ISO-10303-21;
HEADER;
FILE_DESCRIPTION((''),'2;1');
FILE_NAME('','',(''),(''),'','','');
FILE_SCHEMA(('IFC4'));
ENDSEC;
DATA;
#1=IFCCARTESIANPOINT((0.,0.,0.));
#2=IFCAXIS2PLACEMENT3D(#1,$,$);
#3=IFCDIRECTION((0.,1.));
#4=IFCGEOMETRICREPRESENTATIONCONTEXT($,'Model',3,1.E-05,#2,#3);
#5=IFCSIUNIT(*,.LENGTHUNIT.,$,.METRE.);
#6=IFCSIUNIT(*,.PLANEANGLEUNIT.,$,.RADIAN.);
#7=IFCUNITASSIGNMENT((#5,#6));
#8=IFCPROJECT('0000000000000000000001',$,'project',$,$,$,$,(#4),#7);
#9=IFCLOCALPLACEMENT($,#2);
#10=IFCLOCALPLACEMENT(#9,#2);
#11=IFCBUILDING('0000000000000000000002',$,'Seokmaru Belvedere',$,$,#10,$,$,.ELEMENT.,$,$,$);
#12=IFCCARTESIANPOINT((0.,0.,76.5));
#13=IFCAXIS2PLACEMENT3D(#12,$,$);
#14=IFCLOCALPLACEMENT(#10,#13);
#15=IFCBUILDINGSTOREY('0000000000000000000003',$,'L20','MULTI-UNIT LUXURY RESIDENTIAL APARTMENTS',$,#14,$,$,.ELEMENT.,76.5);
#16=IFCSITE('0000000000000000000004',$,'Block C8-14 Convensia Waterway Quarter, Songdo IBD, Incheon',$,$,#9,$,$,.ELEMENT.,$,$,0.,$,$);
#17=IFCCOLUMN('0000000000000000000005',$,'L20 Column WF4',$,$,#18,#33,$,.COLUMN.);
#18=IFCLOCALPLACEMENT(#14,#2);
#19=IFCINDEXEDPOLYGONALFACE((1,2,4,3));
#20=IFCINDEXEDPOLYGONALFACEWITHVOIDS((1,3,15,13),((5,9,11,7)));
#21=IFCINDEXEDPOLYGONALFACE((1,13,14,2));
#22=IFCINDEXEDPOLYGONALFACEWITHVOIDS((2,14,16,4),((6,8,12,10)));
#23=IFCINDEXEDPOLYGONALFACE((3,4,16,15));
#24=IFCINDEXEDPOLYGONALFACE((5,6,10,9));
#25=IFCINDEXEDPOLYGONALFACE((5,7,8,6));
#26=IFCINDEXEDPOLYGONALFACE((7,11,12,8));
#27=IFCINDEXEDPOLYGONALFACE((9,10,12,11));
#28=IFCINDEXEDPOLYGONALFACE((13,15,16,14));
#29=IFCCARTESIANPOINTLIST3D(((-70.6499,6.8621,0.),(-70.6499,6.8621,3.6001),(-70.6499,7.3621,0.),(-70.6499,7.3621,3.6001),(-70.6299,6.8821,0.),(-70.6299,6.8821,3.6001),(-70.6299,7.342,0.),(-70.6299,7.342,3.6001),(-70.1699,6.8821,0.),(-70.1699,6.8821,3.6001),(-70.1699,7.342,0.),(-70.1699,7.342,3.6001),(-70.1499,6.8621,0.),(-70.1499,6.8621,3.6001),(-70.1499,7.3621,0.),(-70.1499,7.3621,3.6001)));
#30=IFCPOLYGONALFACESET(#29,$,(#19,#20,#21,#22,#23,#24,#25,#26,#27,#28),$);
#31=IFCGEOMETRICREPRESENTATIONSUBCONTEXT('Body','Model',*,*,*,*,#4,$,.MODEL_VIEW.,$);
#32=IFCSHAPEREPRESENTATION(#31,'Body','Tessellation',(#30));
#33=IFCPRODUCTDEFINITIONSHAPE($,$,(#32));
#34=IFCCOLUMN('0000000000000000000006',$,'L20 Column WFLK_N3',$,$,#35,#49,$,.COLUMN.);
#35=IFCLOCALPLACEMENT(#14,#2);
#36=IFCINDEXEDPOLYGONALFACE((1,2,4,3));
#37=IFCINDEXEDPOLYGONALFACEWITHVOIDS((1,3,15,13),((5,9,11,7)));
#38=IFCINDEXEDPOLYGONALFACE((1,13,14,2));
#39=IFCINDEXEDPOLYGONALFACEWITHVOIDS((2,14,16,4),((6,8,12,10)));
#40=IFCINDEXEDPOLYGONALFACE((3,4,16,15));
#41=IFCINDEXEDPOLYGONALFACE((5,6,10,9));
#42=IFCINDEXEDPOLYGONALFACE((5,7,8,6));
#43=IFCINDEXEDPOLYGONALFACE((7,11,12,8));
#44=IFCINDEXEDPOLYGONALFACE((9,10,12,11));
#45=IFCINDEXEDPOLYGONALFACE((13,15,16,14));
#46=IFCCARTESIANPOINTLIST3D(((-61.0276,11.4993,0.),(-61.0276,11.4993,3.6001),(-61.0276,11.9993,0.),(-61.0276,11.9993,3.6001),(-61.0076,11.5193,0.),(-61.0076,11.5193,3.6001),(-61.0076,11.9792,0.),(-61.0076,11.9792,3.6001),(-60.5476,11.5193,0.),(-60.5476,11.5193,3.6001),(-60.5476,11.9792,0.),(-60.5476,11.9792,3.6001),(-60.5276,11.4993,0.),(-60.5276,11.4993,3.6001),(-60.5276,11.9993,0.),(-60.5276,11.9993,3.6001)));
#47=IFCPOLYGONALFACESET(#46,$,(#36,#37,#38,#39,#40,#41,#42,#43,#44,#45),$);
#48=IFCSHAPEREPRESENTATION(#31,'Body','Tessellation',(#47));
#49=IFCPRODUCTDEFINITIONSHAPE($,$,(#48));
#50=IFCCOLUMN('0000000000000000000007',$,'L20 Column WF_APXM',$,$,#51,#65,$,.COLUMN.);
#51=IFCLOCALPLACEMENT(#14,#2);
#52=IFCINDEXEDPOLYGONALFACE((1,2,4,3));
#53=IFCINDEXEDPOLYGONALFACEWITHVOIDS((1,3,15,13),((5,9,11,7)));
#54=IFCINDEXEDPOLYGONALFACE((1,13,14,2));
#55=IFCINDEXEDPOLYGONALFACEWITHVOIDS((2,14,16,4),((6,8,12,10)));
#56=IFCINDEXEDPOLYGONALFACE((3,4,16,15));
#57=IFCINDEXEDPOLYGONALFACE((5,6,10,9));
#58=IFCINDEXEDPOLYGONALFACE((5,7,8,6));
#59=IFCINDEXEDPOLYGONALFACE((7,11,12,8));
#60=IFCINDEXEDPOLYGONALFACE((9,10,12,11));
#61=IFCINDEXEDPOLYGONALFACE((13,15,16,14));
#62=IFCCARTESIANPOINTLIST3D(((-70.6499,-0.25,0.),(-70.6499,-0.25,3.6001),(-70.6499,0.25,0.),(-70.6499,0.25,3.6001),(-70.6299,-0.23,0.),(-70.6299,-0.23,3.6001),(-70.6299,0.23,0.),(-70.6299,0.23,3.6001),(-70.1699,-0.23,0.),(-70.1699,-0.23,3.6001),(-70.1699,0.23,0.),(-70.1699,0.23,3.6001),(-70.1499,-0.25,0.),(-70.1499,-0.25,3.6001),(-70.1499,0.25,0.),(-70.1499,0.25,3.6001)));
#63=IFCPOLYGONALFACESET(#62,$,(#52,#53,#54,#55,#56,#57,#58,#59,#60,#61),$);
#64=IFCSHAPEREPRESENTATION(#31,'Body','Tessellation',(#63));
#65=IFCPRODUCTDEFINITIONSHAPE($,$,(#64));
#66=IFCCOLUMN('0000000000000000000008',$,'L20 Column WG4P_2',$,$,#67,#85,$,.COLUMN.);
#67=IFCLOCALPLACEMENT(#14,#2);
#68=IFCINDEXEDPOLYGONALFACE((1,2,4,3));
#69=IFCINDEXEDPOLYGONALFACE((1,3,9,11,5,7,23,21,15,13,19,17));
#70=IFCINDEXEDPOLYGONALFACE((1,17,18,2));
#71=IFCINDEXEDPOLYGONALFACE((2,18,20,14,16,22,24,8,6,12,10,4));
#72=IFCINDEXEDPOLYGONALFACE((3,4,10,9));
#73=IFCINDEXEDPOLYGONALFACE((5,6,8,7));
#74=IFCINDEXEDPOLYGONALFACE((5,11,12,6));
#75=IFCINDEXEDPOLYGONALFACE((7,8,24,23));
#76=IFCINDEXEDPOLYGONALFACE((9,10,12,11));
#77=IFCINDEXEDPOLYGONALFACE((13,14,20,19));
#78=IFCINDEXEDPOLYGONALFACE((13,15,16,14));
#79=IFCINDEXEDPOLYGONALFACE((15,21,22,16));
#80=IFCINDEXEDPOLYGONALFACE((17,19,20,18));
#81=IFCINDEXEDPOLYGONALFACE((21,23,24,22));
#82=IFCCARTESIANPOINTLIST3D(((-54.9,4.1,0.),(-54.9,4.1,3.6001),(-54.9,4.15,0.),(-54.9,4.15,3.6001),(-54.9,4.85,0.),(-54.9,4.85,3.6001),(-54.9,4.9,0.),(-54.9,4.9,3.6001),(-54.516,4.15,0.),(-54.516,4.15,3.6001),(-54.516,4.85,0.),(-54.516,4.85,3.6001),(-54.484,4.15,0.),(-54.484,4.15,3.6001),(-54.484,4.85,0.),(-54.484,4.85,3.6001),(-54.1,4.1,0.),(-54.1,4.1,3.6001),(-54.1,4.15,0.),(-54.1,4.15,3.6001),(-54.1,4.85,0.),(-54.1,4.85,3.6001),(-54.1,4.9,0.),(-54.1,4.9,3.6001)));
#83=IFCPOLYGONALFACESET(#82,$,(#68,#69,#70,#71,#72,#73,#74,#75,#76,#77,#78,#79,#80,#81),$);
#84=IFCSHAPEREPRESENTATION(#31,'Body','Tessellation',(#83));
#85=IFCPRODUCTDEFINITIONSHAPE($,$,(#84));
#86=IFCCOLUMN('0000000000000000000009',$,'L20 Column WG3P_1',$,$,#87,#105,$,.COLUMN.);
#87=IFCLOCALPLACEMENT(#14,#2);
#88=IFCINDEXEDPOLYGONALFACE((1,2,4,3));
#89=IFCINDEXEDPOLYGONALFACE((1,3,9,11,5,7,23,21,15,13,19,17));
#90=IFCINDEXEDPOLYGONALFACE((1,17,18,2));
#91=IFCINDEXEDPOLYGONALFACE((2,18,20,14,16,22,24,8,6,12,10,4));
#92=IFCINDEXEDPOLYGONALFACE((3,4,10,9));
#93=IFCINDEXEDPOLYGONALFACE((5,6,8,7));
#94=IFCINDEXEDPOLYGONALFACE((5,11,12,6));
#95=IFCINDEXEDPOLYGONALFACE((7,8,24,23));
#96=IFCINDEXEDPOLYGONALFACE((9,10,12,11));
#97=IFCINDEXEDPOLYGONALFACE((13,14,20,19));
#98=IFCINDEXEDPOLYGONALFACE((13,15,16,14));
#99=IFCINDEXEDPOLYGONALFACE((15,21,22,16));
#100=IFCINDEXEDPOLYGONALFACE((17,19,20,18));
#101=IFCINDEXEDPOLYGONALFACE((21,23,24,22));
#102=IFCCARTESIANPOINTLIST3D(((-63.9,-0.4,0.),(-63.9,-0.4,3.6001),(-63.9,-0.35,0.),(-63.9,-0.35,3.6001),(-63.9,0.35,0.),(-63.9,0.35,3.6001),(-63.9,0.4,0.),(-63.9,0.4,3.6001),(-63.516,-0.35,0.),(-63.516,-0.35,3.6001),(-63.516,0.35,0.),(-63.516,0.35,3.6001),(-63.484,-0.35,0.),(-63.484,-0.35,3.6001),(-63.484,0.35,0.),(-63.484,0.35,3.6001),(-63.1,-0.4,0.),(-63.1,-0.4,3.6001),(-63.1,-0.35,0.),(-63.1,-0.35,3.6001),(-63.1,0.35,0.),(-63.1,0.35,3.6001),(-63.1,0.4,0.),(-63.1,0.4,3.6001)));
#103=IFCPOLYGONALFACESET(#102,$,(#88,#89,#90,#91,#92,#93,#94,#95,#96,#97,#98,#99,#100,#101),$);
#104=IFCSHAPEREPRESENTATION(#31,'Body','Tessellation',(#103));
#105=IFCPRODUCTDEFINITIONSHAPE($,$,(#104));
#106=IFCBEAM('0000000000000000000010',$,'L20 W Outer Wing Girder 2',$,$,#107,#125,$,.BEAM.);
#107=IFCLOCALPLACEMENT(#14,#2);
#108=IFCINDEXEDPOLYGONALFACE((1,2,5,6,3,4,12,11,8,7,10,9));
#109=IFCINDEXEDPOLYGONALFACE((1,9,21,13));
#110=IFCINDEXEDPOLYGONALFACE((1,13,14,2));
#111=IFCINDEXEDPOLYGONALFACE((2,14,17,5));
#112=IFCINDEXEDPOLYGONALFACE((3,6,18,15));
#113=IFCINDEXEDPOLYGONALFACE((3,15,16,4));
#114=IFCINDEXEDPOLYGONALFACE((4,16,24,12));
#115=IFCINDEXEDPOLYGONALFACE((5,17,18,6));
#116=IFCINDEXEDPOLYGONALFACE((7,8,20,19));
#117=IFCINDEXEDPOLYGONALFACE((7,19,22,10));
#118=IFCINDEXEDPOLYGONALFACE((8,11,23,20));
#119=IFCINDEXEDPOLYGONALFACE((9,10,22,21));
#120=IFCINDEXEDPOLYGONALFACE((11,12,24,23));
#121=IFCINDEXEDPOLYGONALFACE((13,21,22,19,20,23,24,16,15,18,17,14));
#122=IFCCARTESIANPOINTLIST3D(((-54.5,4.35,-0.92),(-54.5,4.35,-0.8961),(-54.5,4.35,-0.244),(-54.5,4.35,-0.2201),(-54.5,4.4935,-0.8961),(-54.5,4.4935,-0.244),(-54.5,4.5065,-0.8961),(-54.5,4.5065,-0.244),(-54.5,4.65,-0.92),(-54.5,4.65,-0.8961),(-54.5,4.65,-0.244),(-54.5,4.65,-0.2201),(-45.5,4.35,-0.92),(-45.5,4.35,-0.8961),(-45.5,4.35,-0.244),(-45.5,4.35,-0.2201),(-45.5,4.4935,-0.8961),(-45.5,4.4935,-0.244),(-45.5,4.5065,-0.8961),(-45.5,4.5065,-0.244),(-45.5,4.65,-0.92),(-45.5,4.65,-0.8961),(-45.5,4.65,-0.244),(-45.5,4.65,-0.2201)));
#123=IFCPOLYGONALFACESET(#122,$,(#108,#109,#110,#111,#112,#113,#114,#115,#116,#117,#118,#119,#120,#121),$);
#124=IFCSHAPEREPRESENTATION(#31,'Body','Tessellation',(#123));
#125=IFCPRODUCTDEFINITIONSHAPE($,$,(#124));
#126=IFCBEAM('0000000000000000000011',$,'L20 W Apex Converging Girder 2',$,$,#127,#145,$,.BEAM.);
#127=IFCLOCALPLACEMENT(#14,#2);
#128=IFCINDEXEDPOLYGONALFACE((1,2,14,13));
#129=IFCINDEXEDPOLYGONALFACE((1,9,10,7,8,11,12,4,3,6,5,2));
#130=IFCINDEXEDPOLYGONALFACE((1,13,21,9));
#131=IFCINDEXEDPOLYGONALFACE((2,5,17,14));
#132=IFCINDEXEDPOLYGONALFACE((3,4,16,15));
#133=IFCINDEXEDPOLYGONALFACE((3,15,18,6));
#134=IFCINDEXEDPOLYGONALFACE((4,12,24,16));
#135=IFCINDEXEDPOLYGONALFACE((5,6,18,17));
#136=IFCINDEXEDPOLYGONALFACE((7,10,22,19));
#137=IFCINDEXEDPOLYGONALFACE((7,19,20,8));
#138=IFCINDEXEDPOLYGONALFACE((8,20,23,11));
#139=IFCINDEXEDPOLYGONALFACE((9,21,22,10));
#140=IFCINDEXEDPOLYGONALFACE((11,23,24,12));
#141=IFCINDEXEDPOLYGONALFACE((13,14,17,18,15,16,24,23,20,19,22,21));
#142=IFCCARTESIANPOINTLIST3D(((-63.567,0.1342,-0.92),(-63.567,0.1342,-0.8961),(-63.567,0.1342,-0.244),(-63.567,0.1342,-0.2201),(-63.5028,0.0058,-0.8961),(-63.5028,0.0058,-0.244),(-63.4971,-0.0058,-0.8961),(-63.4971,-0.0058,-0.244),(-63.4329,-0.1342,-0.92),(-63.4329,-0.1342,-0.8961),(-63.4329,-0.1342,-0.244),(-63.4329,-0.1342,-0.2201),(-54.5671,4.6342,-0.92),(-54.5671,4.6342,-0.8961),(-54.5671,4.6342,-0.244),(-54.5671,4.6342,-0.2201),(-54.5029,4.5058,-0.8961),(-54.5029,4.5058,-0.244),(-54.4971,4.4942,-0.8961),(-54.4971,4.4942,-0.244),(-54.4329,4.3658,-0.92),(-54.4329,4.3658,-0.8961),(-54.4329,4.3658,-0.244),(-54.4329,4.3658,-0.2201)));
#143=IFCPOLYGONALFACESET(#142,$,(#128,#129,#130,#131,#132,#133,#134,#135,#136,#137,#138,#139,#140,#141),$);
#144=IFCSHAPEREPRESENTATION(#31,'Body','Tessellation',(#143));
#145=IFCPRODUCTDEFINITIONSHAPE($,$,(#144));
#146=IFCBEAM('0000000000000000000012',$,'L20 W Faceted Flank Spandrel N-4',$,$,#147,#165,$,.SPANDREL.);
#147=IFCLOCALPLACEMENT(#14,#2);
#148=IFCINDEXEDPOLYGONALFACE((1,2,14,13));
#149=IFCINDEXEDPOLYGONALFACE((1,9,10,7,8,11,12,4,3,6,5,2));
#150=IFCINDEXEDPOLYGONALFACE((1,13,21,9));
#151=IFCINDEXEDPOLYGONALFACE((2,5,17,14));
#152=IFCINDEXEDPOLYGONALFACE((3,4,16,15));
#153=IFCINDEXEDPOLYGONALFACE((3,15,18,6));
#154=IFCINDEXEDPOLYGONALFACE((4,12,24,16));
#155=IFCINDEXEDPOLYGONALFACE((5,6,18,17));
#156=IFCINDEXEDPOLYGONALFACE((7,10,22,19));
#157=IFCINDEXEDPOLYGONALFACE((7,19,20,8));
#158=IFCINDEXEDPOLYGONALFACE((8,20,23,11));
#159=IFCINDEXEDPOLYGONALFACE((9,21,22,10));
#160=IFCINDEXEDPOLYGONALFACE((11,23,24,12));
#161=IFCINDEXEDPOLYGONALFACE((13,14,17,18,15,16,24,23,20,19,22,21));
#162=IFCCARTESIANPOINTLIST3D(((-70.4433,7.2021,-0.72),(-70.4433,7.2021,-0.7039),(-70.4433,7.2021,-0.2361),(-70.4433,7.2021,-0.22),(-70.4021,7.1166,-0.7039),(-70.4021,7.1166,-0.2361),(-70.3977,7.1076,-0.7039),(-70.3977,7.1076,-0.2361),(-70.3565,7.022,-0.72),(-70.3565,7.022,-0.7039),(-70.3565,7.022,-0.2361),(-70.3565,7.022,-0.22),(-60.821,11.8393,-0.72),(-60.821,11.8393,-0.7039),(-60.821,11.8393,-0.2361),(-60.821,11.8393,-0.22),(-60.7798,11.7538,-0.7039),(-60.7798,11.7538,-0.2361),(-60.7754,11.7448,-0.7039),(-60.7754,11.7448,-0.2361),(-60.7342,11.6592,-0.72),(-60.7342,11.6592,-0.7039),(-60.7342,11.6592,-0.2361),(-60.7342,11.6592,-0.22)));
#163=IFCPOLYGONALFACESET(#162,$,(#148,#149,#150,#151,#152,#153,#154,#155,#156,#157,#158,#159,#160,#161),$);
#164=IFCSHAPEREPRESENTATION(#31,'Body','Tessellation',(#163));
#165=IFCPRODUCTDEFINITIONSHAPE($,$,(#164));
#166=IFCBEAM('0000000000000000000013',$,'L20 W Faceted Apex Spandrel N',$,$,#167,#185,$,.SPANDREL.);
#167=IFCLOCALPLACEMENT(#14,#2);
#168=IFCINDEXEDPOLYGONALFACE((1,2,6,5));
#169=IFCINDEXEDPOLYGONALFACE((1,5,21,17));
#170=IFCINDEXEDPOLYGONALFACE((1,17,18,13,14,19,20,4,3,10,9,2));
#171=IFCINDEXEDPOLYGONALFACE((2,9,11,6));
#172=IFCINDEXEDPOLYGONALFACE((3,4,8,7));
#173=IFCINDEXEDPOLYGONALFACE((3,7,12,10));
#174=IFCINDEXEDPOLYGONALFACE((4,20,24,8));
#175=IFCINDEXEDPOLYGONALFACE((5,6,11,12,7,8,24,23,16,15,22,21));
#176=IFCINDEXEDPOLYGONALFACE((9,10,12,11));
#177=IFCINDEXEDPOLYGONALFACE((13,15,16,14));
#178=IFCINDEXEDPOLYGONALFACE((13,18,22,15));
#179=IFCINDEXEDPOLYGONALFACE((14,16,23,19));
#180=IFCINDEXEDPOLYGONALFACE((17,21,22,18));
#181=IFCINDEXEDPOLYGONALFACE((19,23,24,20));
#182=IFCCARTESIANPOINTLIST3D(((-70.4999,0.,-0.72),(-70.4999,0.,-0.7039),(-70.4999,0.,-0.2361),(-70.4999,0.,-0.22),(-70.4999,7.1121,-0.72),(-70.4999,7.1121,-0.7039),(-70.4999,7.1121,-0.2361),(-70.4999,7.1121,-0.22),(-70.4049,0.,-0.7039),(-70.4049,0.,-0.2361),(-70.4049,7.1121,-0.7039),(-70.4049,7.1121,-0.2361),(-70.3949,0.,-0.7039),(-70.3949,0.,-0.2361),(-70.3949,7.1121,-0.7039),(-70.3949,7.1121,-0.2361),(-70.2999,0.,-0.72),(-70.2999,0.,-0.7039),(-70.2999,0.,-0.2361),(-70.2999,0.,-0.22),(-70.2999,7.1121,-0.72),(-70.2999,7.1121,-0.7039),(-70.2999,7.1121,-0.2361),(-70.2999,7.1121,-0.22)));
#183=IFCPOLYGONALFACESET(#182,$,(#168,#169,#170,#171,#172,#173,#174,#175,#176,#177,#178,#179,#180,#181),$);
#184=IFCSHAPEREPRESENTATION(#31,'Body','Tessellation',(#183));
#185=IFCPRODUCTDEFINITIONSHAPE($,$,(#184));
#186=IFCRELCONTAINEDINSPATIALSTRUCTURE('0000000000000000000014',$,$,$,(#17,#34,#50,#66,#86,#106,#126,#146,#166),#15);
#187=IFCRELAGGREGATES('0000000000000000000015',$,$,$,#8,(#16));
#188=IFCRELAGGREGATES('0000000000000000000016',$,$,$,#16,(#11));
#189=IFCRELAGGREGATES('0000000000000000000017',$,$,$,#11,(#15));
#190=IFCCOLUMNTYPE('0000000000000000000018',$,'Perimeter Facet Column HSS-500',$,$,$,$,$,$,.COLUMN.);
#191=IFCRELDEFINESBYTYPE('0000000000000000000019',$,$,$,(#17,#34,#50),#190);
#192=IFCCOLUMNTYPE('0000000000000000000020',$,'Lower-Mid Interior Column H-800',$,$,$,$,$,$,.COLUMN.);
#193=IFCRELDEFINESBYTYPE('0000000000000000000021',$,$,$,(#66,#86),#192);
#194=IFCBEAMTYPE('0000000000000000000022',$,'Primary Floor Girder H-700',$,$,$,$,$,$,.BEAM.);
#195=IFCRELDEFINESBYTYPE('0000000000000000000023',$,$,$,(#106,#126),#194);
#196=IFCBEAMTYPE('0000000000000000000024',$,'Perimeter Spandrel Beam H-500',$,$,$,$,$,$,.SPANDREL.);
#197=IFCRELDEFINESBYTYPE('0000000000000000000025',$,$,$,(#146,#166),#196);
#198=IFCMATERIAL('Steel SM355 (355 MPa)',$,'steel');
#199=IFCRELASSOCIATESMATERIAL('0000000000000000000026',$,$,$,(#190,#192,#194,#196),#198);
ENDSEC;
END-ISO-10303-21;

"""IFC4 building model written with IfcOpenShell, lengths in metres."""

from ifc_helpers import new_model, si_unit, direction, frame, origin, origin_2d, place, context, subcontext, project, spatial, hollow_rectangle, i_section, extrude, source, transform, mapped, material, material_profile, profile_set, type_object, type_shapes, element, save


model = new_model("IFC4")

# Units and contexts
model_context = context("Model", 3, precision=1e-05, world=origin(), true_north=direction((0.0, 1.0)))
body_context = subcontext(model_context, "Body", "Model", "MODEL_VIEW")
ifc_project = project(units=[si_unit("LENGTHUNIT", "METRE"), si_unit("PLANEANGLEUNIT", "RADIAN")], contexts=[model_context])

# Site, building, storey
site_placement = place(None, origin())
site = spatial("IfcSite", under=ifc_project, at=site_placement, Name="Block C8-14 Convensia Waterway Quarter, Songdo IBD, Incheon", CompositionType="ELEMENT", RefElevation=0.0)
building_placement = place(site_placement, origin())
building = spatial("IfcBuilding", under=site, at=building_placement, Name="Seokmaru Belvedere", CompositionType="ELEMENT")
storey_placement = place(building_placement, frame((0.0, 0.0, 76.5)))
storey = spatial("IfcBuildingStorey", under=building, at=storey_placement, Name="L20", Description="MULTI-UNIT LUXURY RESIDENTIAL APARTMENTS", CompositionType="ELEMENT", Elevation=76.5)

# Columns
ifc_material_1 = material(Name="Steel SM355 (355 MPa)", Category="steel")
ifc_material_profile_1 = material_profile(ifc_material_1, hollow_rectangle(XDim=0.5, YDim=0.5, WallThickness=0.02, at=origin_2d()), Name="HSS-500x500x20")
ifc_profile_set_1 = profile_set([ifc_material_profile_1], Name="Steel SM355 (355 MPa)")
column_type_1 = type_object("IfcColumnType", Name="Perimeter Facet Column HSS-500", PredefinedType="COLUMN", material=ifc_profile_set_1)
shared_shape_1 = source(origin(), body_context, "Body", "SweptSolid", [
    extrude(hollow_rectangle(XDim=0.5, YDim=0.5, WallThickness=0.02, at=origin_2d()), origin(), (0.0, 0.0, 1.0), 3.6001),
])
type_shapes(column_type_1, [shared_shape_1])
for number, where, z_axis, x_axis, name in (
    (1, (-70.3999, 7.1121, 0.0), (0.0, 0.0, 1.0), (1.0, 0.0, 0.0), "L20 Column WF4"),
    (2, (-60.7776, 11.7493, 0.0), (0.0, 0.0, 1.0), (1.0, 0.0, 0.0), "L20 Column WFLK_N3"),
    (3, (-70.3999, 0.0, 0.0), (0.0, 0.0, 1.0), (1.0, 0.0, 0.0), "L20 Column WF_APXM"),
):
    element("IfcColumn", number, at=place(storey_placement, frame(where, z_axis=z_axis, x_axis=x_axis)), inside=storey, type_object=column_type_1, Name=name, PredefinedType="COLUMN", context=body_context, shape_type="MappedRepresentation", body=[
        mapped(shared_shape_1, transform((0.0, 0.0, 0.0), scale=1.0)),
    ])
ifc_material_profile_2 = material_profile(ifc_material_1, i_section(OverallWidth=0.8, OverallDepth=0.8, WebThickness=0.032, FlangeThickness=0.05, at=origin_2d()), Name="H-800x800x32x50")
ifc_profile_set_2 = profile_set([ifc_material_profile_2], Name="Steel SM355 (355 MPa)")
column_type_2 = type_object("IfcColumnType", Name="Lower-Mid Interior Column H-800", PredefinedType="COLUMN", material=ifc_profile_set_2)
shared_shape_2 = source(origin(), body_context, "Body", "SweptSolid", [
    extrude(i_section(OverallWidth=0.8, OverallDepth=0.8, WebThickness=0.032, FlangeThickness=0.05, at=origin_2d()), origin(), (0.0, 0.0, 1.0), 3.6001),
])
type_shapes(column_type_2, [shared_shape_2])
for number, where, z_axis, x_axis, name in (
    (4, (-54.5, 4.5, 0.0), (0.0, 0.0, 1.0), (1.0, 0.0, 0.0), "L20 Column WG4P_2"),
    (5, (-63.5, 0.0, 0.0), (0.0, 0.0, 1.0), (1.0, 0.0, 0.0), "L20 Column WG3P_1"),
):
    element("IfcColumn", number, at=place(storey_placement, frame(where, z_axis=z_axis, x_axis=x_axis)), inside=storey, type_object=column_type_2, Name=name, PredefinedType="COLUMN", context=body_context, shape_type="MappedRepresentation", body=[
        mapped(shared_shape_2, transform((0.0, 0.0, 0.0), scale=1.0)),
    ])

# Beams
ifc_material_profile_3 = material_profile(ifc_material_1, i_section(OverallWidth=0.3, OverallDepth=0.7, WebThickness=0.0129, FlangeThickness=0.0239, at=origin_2d()), Name="H-700x300x13x24")
ifc_profile_set_3 = profile_set([ifc_material_profile_3], Name="Steel SM355 (355 MPa)")
beam_type_1 = type_object("IfcBeamType", Name="Primary Floor Girder H-700", PredefinedType="BEAM", material=ifc_profile_set_3)
shared_shape_3 = source(origin(), body_context, "Body", "SweptSolid", [
    extrude(i_section(OverallWidth=0.3, OverallDepth=0.7, WebThickness=0.0129, FlangeThickness=0.0239, at=origin_2d()), origin(), (0.0, 0.0, 1.0), 9.0),
])
beam_1_placement = place(storey_placement, frame((-54.5, 4.5, -0.5701), z_axis=(1.0, 0.0, 0.0), x_axis=(0.0, 1.0, 0.0)))
element("IfcBeam", 6, at=beam_1_placement, inside=storey, type_object=beam_type_1, Name="L20 W Outer Wing Girder 2", PredefinedType="BEAM", context=body_context, shape_type="MappedRepresentation", body=[
    mapped(shared_shape_3, transform((0.0, 0.0, 0.0), scale=1.0)),
])
shared_shape_4 = source(origin(), body_context, "Body", "SweptSolid", [
    extrude(i_section(OverallWidth=0.3, OverallDepth=0.7, WebThickness=0.0129, FlangeThickness=0.0239, at=origin_2d()), origin(), (0.0, 0.0, 1.0), 10.0623),
])
beam_2_placement = place(storey_placement, frame((-54.5, 4.5, -0.5701), z_axis=(-0.894427, -0.447214, 0.0), x_axis=(0.447214, -0.894427, 0.0)))
element("IfcBeam", 7, at=beam_2_placement, inside=storey, type_object=beam_type_1, Name="L20 W Apex Converging Girder 2", PredefinedType="BEAM", context=body_context, shape_type="MappedRepresentation", body=[
    mapped(shared_shape_4, transform((0.0, 0.0, 0.0), scale=1.0)),
])
ifc_material_profile_4 = material_profile(ifc_material_1, i_section(OverallWidth=0.2, OverallDepth=0.5, WebThickness=0.01, FlangeThickness=0.0161, at=origin_2d()), Name="H-500x200x10x16")
ifc_profile_set_4 = profile_set([ifc_material_profile_4], Name="Steel SM355 (355 MPa)")
beam_type_2 = type_object("IfcBeamType", Name="Perimeter Spandrel Beam H-500", PredefinedType="SPANDREL", material=ifc_profile_set_4)
shared_shape_5 = source(origin(), body_context, "Body", "SweptSolid", [
    extrude(i_section(OverallWidth=0.2, OverallDepth=0.5, WebThickness=0.01, FlangeThickness=0.0161, at=origin_2d()), origin(), (0.0, 0.0, 1.0), 10.6814),
])
beam_3_placement = place(storey_placement, frame((-60.7776, 11.7493, -0.47), z_axis=(-0.900846, -0.434138, 0.0), x_axis=(0.434138, -0.900846, 0.0)))
element("IfcBeam", 8, at=beam_3_placement, inside=storey, type_object=beam_type_2, Name="L20 W Faceted Flank Spandrel N-4", PredefinedType="SPANDREL", context=body_context, shape_type="MappedRepresentation", body=[
    mapped(shared_shape_5, transform((0.0, 0.0, 0.0), scale=1.0)),
])
shared_shape_6 = source(origin(), body_context, "Body", "SweptSolid", [
    extrude(i_section(OverallWidth=0.2, OverallDepth=0.5, WebThickness=0.01, FlangeThickness=0.0161, at=origin_2d()), origin(), (0.0, 0.0, 1.0), 7.1121),
])
type_shapes(beam_type_2, [shared_shape_5, shared_shape_6])
beam_4_placement = place(storey_placement, frame((-70.3999, 0.0, -0.47), z_axis=(0.0, 1.0, 0.0), x_axis=(-1.0, 0.0, 0.0)))
element("IfcBeam", 9, at=beam_4_placement, inside=storey, type_object=beam_type_2, Name="L20 W Faceted Apex Spandrel N", PredefinedType="SPANDREL", context=body_context, shape_type="MappedRepresentation", body=[
    mapped(shared_shape_6, transform((0.0, 0.0, 0.0), scale=1.0)),
])

save(model, "model.ifc")
